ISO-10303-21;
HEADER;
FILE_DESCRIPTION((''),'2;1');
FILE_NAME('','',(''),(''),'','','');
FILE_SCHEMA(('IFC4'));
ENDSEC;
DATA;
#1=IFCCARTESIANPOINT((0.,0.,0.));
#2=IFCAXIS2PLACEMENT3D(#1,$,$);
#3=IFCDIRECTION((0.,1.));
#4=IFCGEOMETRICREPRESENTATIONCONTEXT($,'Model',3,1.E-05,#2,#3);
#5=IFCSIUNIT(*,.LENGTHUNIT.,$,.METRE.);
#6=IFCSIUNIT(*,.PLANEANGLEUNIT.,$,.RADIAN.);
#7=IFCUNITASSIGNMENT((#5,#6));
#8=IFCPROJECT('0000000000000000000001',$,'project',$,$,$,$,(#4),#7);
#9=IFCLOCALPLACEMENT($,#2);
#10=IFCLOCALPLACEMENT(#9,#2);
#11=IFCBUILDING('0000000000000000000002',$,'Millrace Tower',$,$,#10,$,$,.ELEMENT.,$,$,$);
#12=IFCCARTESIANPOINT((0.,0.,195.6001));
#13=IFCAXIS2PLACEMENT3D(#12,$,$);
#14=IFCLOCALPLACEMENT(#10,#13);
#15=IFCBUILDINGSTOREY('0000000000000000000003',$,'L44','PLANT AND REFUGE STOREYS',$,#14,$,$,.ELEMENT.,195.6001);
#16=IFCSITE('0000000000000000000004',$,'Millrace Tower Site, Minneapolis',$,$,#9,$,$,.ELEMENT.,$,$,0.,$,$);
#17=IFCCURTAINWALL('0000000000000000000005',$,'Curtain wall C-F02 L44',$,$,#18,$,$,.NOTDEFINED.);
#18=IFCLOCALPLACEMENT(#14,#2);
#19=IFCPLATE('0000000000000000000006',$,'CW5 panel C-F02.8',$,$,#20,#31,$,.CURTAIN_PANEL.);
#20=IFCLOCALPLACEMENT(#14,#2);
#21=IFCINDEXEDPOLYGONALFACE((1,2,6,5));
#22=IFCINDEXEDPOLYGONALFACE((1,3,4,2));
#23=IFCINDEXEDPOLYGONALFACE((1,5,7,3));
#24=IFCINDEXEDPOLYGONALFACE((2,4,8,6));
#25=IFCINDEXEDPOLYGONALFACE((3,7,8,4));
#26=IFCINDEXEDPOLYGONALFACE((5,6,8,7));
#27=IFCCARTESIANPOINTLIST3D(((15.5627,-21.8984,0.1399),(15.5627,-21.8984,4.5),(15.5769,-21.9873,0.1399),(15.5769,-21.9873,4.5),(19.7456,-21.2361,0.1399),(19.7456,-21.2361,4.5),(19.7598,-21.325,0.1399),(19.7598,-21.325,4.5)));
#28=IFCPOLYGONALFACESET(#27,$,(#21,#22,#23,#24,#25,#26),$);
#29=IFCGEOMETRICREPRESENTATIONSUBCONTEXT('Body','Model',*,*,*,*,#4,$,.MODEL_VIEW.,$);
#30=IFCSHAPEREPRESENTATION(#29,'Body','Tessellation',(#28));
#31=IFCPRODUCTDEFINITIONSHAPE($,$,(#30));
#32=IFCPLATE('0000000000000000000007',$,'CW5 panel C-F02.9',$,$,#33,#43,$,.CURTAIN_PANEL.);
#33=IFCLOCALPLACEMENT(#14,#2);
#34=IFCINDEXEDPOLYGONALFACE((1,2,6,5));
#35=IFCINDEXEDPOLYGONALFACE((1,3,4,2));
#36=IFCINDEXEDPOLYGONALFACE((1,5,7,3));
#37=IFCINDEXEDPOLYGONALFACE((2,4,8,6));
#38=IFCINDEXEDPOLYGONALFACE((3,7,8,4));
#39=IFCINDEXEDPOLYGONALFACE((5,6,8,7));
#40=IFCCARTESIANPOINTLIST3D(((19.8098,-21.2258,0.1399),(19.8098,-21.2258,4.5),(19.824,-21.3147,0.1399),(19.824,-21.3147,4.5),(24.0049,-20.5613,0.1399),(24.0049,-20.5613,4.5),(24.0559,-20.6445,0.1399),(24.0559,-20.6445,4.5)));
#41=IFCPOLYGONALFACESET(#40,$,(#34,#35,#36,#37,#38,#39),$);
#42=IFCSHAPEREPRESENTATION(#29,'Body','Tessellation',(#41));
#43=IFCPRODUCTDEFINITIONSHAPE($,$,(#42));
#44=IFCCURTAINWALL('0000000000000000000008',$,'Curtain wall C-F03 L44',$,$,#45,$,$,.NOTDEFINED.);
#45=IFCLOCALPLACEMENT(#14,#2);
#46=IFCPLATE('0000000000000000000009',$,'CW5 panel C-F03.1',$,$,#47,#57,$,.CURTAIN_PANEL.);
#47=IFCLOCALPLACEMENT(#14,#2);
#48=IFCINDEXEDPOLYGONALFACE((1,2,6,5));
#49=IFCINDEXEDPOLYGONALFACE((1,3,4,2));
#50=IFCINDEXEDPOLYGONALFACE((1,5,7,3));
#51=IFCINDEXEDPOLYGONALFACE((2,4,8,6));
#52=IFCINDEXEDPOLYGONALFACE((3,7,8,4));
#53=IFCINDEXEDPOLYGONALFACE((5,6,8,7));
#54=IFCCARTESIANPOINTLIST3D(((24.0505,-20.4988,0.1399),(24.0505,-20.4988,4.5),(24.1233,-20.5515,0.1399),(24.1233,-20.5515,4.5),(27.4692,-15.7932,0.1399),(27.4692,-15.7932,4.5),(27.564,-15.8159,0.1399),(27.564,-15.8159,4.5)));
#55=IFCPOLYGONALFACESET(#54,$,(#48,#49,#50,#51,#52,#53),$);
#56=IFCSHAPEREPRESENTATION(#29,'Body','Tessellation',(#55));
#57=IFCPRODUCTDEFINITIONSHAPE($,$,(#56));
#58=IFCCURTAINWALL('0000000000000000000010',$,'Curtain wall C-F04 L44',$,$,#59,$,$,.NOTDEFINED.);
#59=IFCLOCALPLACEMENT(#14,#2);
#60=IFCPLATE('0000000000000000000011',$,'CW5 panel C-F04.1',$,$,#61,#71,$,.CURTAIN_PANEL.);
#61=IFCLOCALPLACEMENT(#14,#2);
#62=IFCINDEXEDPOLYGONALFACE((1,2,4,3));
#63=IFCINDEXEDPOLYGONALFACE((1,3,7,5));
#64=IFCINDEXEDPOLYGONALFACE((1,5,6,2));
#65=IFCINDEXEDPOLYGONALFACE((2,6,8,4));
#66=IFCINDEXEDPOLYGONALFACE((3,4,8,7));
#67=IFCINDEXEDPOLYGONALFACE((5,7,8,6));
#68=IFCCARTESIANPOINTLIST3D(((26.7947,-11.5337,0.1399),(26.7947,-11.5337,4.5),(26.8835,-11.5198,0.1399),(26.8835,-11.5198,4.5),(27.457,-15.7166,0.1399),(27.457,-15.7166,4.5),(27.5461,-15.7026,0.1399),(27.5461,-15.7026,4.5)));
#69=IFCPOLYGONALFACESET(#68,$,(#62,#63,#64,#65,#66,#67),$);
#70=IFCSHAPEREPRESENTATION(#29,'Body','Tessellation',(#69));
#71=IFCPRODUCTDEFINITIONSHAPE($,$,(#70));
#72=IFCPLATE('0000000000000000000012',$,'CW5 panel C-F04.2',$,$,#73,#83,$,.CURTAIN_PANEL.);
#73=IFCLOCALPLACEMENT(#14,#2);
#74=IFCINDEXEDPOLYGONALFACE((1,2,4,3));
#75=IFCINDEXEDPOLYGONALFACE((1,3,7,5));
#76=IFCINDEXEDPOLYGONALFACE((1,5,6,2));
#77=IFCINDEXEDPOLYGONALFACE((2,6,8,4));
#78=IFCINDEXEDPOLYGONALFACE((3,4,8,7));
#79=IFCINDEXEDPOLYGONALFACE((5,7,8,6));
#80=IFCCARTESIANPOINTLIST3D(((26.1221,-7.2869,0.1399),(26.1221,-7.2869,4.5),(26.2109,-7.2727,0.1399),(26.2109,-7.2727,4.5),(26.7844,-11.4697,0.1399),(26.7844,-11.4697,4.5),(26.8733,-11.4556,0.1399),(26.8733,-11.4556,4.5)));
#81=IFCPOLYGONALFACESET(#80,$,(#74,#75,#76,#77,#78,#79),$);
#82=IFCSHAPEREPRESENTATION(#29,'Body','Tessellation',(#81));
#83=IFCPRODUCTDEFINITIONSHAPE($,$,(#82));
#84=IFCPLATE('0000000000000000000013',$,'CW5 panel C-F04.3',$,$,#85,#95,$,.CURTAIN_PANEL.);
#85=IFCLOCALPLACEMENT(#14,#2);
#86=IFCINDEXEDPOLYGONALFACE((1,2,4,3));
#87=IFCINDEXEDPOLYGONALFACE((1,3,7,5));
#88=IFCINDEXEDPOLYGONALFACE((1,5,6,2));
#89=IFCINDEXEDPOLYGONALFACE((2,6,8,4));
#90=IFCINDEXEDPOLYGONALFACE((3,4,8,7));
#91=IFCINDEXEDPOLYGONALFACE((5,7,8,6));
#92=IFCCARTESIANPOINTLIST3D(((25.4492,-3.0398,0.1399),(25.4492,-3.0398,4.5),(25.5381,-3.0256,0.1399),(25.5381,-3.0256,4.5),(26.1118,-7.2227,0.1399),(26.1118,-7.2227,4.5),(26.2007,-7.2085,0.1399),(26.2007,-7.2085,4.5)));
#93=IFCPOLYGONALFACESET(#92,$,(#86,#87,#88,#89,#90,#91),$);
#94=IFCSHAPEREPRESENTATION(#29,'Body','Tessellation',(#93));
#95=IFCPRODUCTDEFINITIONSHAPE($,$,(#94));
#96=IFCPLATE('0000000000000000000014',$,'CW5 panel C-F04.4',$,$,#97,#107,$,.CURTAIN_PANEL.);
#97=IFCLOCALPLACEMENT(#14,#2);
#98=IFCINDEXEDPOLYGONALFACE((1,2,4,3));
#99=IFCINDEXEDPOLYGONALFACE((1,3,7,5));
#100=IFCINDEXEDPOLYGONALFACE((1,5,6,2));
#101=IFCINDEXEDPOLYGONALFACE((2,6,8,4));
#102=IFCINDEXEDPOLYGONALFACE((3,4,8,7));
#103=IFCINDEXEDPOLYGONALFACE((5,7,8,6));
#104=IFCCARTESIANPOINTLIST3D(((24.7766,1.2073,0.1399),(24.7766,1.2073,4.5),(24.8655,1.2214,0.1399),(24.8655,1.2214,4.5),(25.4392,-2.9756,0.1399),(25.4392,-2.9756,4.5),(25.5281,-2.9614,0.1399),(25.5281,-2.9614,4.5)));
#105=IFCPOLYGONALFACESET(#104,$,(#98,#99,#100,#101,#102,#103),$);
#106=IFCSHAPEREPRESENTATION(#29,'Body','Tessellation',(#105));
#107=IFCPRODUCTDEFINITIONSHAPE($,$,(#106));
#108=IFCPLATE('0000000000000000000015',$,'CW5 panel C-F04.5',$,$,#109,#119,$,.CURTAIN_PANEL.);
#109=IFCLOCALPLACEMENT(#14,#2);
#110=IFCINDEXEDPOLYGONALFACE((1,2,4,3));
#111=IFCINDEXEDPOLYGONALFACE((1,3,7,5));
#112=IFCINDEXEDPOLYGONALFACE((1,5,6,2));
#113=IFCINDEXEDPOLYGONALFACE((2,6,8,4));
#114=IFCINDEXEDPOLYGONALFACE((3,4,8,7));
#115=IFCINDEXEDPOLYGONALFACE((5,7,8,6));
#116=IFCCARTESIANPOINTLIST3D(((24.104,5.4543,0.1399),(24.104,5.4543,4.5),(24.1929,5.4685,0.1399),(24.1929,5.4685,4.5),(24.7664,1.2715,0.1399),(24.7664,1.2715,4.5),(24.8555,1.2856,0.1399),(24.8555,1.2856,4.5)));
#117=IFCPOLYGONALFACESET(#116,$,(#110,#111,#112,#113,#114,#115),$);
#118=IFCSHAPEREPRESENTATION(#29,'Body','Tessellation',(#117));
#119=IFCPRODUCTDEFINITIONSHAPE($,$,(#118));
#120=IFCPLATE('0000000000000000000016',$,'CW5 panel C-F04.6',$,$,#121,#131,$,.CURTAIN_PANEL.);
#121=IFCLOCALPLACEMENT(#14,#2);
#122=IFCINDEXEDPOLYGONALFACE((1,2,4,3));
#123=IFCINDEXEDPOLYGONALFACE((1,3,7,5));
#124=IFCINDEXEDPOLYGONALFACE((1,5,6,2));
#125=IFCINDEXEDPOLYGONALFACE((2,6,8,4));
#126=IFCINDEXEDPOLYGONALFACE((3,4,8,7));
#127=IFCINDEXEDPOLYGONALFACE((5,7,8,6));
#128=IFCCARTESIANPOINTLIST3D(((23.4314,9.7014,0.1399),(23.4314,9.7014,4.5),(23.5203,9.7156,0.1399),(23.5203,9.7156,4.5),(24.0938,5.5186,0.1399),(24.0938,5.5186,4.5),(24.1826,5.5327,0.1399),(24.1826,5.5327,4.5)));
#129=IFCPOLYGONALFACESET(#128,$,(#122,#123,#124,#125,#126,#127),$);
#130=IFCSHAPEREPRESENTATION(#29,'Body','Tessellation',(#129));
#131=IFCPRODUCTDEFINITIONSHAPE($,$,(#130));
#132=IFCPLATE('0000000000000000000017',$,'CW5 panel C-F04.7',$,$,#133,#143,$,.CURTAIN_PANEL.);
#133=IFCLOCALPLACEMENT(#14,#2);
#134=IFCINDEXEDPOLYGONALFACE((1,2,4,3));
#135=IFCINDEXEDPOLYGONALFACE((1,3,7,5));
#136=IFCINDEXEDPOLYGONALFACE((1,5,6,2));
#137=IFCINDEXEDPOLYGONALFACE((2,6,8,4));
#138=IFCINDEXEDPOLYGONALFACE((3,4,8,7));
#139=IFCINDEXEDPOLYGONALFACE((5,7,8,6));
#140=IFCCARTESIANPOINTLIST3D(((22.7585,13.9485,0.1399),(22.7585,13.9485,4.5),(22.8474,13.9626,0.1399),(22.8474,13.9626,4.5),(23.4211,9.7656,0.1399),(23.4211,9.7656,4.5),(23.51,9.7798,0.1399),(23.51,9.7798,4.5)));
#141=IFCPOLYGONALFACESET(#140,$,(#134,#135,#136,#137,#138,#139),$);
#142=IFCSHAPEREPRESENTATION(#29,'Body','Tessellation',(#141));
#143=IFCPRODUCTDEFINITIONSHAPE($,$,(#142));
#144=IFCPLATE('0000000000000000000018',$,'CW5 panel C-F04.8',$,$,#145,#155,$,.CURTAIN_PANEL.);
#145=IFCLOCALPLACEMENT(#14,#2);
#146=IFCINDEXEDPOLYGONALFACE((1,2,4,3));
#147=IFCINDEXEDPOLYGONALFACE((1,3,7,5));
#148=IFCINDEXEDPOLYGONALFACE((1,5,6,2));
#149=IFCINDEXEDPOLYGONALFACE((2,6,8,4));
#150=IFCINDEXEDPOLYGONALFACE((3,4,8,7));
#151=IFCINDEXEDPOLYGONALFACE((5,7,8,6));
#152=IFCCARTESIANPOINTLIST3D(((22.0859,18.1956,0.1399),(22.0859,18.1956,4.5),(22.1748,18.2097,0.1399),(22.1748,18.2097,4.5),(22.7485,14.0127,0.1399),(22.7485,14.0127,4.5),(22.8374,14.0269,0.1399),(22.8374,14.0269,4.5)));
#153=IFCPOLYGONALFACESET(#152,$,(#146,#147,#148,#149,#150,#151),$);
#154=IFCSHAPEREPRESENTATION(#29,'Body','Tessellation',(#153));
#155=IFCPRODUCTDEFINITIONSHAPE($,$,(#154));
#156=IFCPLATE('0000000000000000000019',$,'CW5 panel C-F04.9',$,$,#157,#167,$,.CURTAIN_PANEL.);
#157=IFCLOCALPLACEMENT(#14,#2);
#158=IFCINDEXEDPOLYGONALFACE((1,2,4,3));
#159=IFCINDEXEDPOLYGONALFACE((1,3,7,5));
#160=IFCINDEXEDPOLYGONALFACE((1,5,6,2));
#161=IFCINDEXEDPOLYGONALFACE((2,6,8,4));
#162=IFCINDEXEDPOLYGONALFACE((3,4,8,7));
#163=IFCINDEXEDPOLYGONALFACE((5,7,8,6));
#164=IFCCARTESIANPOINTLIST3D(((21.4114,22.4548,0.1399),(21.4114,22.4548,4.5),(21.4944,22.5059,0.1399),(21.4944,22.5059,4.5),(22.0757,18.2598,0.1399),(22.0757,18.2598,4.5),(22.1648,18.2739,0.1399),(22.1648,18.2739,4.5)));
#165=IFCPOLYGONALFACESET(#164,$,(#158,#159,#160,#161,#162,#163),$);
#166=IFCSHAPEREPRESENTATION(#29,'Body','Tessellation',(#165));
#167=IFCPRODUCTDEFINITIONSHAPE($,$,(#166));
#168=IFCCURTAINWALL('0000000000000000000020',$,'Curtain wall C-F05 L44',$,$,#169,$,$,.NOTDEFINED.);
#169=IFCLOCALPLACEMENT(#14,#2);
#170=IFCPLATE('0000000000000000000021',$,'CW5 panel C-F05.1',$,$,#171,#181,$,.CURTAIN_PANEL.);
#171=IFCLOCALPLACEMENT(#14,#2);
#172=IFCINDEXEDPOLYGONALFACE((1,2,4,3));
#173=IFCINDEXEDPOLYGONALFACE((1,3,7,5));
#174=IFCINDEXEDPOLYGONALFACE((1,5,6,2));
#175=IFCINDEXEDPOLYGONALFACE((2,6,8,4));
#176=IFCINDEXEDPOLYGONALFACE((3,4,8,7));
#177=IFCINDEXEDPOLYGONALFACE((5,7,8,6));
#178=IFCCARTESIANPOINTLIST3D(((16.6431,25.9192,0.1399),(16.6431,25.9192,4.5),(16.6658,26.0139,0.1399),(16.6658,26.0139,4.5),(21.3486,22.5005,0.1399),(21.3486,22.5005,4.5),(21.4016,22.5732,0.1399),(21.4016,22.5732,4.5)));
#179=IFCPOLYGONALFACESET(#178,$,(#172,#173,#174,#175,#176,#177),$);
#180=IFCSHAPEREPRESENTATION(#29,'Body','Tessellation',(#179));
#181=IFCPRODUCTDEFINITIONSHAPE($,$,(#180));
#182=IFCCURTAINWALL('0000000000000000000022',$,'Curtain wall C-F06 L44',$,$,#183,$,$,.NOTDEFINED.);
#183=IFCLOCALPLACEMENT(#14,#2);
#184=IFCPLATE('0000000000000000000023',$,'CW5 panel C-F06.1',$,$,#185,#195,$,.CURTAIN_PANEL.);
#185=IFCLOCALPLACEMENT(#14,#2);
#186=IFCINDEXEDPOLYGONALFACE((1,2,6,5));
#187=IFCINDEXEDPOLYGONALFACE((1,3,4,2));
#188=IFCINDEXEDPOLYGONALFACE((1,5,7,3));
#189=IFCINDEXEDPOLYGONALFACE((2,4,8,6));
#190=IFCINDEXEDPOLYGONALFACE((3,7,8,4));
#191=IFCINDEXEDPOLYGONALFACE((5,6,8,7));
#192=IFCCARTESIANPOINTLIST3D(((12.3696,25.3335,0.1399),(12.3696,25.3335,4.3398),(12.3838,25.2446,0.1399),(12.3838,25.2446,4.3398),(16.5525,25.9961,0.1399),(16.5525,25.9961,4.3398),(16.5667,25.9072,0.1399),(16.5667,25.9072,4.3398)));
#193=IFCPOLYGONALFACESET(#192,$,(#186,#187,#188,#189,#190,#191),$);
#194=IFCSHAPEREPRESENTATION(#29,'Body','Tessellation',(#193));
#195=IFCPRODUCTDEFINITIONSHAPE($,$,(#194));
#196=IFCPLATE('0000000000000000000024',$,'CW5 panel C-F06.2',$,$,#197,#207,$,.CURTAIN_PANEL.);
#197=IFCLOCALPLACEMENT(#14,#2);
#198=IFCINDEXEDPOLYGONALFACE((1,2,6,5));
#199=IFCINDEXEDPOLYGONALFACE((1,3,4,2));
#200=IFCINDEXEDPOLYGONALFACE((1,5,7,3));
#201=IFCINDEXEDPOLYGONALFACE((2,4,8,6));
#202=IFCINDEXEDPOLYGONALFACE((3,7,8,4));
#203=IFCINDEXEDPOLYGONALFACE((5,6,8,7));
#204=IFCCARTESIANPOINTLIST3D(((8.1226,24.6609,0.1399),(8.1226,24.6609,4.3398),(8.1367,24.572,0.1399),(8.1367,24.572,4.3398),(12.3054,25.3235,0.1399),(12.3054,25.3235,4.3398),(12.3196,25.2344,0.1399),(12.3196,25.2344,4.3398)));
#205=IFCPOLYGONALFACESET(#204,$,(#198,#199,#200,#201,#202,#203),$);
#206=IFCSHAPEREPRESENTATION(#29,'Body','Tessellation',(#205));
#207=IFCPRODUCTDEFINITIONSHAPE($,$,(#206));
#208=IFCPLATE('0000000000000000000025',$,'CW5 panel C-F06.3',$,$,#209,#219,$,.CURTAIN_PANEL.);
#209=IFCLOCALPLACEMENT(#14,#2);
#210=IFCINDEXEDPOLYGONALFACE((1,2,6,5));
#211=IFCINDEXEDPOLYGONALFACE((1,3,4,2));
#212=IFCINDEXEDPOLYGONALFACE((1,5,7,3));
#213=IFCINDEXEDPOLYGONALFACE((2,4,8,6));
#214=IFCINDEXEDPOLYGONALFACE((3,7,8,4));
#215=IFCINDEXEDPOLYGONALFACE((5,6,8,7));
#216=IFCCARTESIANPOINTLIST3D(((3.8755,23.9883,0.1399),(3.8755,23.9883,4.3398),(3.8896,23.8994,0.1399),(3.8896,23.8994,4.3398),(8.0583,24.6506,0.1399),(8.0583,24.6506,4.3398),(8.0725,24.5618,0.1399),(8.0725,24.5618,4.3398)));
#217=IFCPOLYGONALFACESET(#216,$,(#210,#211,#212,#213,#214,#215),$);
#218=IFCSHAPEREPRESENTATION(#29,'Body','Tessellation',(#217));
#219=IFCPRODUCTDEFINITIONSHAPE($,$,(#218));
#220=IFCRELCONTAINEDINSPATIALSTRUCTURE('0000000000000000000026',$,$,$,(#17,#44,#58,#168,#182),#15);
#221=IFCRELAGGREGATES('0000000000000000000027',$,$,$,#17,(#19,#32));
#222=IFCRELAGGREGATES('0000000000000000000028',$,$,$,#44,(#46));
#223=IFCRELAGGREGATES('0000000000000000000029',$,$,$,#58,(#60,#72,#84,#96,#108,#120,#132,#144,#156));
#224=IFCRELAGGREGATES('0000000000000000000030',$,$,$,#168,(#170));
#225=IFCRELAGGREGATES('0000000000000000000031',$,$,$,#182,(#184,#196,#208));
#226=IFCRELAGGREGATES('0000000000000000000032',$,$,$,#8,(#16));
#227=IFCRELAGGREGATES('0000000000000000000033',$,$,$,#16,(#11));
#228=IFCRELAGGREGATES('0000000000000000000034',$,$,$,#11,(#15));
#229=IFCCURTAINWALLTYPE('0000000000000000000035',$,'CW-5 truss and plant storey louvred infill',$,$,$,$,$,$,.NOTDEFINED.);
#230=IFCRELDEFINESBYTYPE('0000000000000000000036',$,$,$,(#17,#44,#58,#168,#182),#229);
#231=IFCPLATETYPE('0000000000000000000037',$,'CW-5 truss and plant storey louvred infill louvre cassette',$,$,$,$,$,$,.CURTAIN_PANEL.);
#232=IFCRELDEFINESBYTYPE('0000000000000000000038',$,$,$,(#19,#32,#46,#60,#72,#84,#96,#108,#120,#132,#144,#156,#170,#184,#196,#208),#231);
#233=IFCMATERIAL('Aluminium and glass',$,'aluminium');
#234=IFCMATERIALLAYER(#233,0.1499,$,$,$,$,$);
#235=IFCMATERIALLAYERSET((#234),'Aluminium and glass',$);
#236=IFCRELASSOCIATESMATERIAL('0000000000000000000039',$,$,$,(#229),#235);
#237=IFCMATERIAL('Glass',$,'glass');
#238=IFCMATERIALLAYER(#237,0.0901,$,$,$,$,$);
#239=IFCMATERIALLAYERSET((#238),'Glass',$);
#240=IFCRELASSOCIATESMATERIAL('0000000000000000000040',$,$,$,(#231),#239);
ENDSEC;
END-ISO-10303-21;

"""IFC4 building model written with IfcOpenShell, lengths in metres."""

from ifc_helpers import new_model, si_unit, direction, frame, origin, place, context, subcontext, project, spatial, polyline, outline, extrude, material, layer, layer_set, type_object, element, aggregate, save


model = new_model("IFC4")

# Units and contexts
model_context = context("Model", 3, precision=1e-05, world=origin(), true_north=direction((0.0, 1.0)))
body_context = subcontext(model_context, "Body", "Model", "MODEL_VIEW")
ifc_project = project(units=[si_unit("LENGTHUNIT", "METRE"), si_unit("PLANEANGLEUNIT", "RADIAN")], contexts=[model_context])

# Site, building, storey
site_placement = place(None, origin())
site = spatial("IfcSite", under=ifc_project, at=site_placement, Name="Millrace Tower Site, Minneapolis", CompositionType="ELEMENT", RefElevation=0.0)
building_placement = place(site_placement, origin())
building = spatial("IfcBuilding", under=site, at=building_placement, Name="Millrace Tower", CompositionType="ELEMENT")
storey_placement = place(building_placement, frame((0.0, 0.0, 195.6001)))
storey = spatial("IfcBuildingStorey", under=building, at=storey_placement, Name="L44", Description="PLANT AND REFUGE STOREYS", CompositionType="ELEMENT", Elevation=195.6001)

# Curtain wall, plates
ifc_material_1 = material(Name="Aluminium and glass", Category="aluminium")
ifc_layer_1 = layer(ifc_material_1, 0.1499)
ifc_layer_set_1 = layer_set([ifc_layer_1], Name="Aluminium and glass")
curtain_wall_type = type_object("IfcCurtainWallType", Name="CW-5 truss and plant storey louvred infill", PredefinedType="NOTDEFINED", material=ifc_layer_set_1)
placement_1 = place(storey_placement, origin())
curtain_wall_1 = element("IfcCurtainWall", 1, at=placement_1, inside=storey, type_object=curtain_wall_type, Name="Curtain wall C-F02 L44", PredefinedType="NOTDEFINED")
ifc_material_2 = material(Name="Glass", Category="glass")
ifc_layer_2 = layer(ifc_material_2, 0.0901)
ifc_layer_set_2 = layer_set([ifc_layer_2], Name="Glass")
plate_type = type_object("IfcPlateType", Name="CW-5 truss and plant storey louvred infill louvre cassette", PredefinedType="CURTAIN_PANEL", material=ifc_layer_set_2)
placement_2 = place(storey_placement, frame((0.0, 0.0, 0.1399)))
plate_1 = element("IfcPlate", 2, at=placement_2, type_object=plate_type, Name="CW5 panel C-F02.8", PredefinedType="CURTAIN_PANEL", context=body_context, shape_type="SweptSolid", body=[
    extrude(outline(polyline([(15.5769, -21.9873), (19.7598, -21.325), (19.7456, -21.2361), (15.5627, -21.8984), (15.5769, -21.9873)])), origin(), (0.0, 0.0, 1.0), 4.3601),
])
plate_2 = element("IfcPlate", 3, at=placement_2, type_object=plate_type, Name="CW5 panel C-F02.9", PredefinedType="CURTAIN_PANEL", context=body_context, shape_type="SweptSolid", body=[
    extrude(outline(polyline([(19.824, -21.3147), (24.0559, -20.6445), (24.0049, -20.5613), (19.8098, -21.2258), (19.824, -21.3147)])), origin(), (0.0, 0.0, 1.0), 4.3601),
])
aggregate(curtain_wall_1, [plate_1, plate_2])

# Curtain wall, plate
curtain_wall_2 = element("IfcCurtainWall", 4, at=placement_1, inside=storey, type_object=curtain_wall_type, Name="Curtain wall C-F03 L44", PredefinedType="NOTDEFINED")
plate_3 = element("IfcPlate", 5, at=placement_2, type_object=plate_type, Name="CW5 panel C-F03.1", PredefinedType="CURTAIN_PANEL", context=body_context, shape_type="SweptSolid", body=[
    extrude(outline(polyline([(24.1233, -20.5515), (27.564, -15.8159), (27.4692, -15.7932), (24.0505, -20.4988), (24.1233, -20.5515)])), origin(), (0.0, 0.0, 1.0), 4.3601),
])
aggregate(curtain_wall_2, [plate_3])

# Curtain wall, plates
curtain_wall_3 = element("IfcCurtainWall", 6, at=placement_1, inside=storey, type_object=curtain_wall_type, Name="Curtain wall C-F04 L44", PredefinedType="NOTDEFINED")
plate_4 = element("IfcPlate", 7, at=placement_2, type_object=plate_type, Name="CW5 panel C-F04.1", PredefinedType="CURTAIN_PANEL", context=body_context, shape_type="SweptSolid", body=[
    extrude(outline(polyline([(27.5461, -15.7026), (26.8835, -11.5198), (26.7947, -11.5337), (27.457, -15.7166), (27.5461, -15.7026)])), origin(), (0.0, 0.0, 1.0), 4.3601),
])
plate_5 = element("IfcPlate", 8, at=placement_2, type_object=plate_type, Name="CW5 panel C-F04.2", PredefinedType="CURTAIN_PANEL", context=body_context, shape_type="SweptSolid", body=[
    extrude(outline(polyline([(26.8733, -11.4556), (26.2109, -7.2727), (26.1221, -7.2869), (26.7844, -11.4697), (26.8733, -11.4556)])), origin(), (0.0, 0.0, 1.0), 4.3601),
])
plate_6 = element("IfcPlate", 9, at=placement_2, type_object=plate_type, Name="CW5 panel C-F04.3", PredefinedType="CURTAIN_PANEL", context=body_context, shape_type="SweptSolid", body=[
    extrude(outline(polyline([(26.2007, -7.2085), (25.5381, -3.0256), (25.4492, -3.0398), (26.1118, -7.2227), (26.2007, -7.2085)])), origin(), (0.0, 0.0, 1.0), 4.3601),
])
plate_7 = element("IfcPlate", 10, at=placement_2, type_object=plate_type, Name="CW5 panel C-F04.4", PredefinedType="CURTAIN_PANEL", context=body_context, shape_type="SweptSolid", body=[
    extrude(outline(polyline([(25.5281, -2.9614), (24.8655, 1.2214), (24.7766, 1.2073), (25.4392, -2.9756), (25.5281, -2.9614)])), origin(), (0.0, 0.0, 1.0), 4.3601),
])
plate_8 = element("IfcPlate", 11, at=placement_2, type_object=plate_type, Name="CW5 panel C-F04.5", PredefinedType="CURTAIN_PANEL", context=body_context, shape_type="SweptSolid", body=[
    extrude(outline(polyline([(24.8555, 1.2856), (24.1929, 5.4685), (24.104, 5.4543), (24.7664, 1.2715), (24.8555, 1.2856)])), origin(), (0.0, 0.0, 1.0), 4.3601),
])
plate_9 = element("IfcPlate", 12, at=placement_2, type_object=plate_type, Name="CW5 panel C-F04.6", PredefinedType="CURTAIN_PANEL", context=body_context, shape_type="SweptSolid", body=[
    extrude(outline(polyline([(24.1826, 5.5327), (23.5203, 9.7156), (23.4314, 9.7014), (24.0938, 5.5186), (24.1826, 5.5327)])), origin(), (0.0, 0.0, 1.0), 4.3601),
])
plate_10 = element("IfcPlate", 13, at=placement_2, type_object=plate_type, Name="CW5 panel C-F04.7", PredefinedType="CURTAIN_PANEL", context=body_context, shape_type="SweptSolid", body=[
    extrude(outline(polyline([(23.51, 9.7798), (22.8474, 13.9626), (22.7585, 13.9485), (23.4211, 9.7656), (23.51, 9.7798)])), origin(), (0.0, 0.0, 1.0), 4.3601),
])
plate_11 = element("IfcPlate", 14, at=placement_2, type_object=plate_type, Name="CW5 panel C-F04.8", PredefinedType="CURTAIN_PANEL", context=body_context, shape_type="SweptSolid", body=[
    extrude(outline(polyline([(22.8374, 14.0269), (22.1748, 18.2097), (22.0859, 18.1956), (22.7485, 14.0127), (22.8374, 14.0269)])), origin(), (0.0, 0.0, 1.0), 4.3601),
])
plate_12 = element("IfcPlate", 15, at=placement_2, type_object=plate_type, Name="CW5 panel C-F04.9", PredefinedType="CURTAIN_PANEL", context=body_context, shape_type="SweptSolid", body=[
    extrude(outline(polyline([(22.1648, 18.2739), (21.4944, 22.5059), (21.4114, 22.4548), (22.0757, 18.2598), (22.1648, 18.2739)])), origin(), (0.0, 0.0, 1.0), 4.3601),
])
aggregate(curtain_wall_3, [plate_4, plate_5, plate_6, plate_7, plate_8, plate_9, plate_10, plate_11, plate_12])

# Curtain wall, plate
curtain_wall_4 = element("IfcCurtainWall", 16, at=placement_1, inside=storey, type_object=curtain_wall_type, Name="Curtain wall C-F05 L44", PredefinedType="NOTDEFINED")
plate_13 = element("IfcPlate", 17, at=placement_2, type_object=plate_type, Name="CW5 panel C-F05.1", PredefinedType="CURTAIN_PANEL", context=body_context, shape_type="SweptSolid", body=[
    extrude(outline(polyline([(21.4016, 22.5732), (16.6658, 26.0139), (16.6431, 25.9192), (21.3486, 22.5005), (21.4016, 22.5732)])), origin(), (0.0, 0.0, 1.0), 4.3601),
])
aggregate(curtain_wall_4, [plate_13])

# Curtain wall, plates
curtain_wall_5 = element("IfcCurtainWall", 18, at=placement_1, inside=storey, type_object=curtain_wall_type, Name="Curtain wall C-F06 L44", PredefinedType="NOTDEFINED")
plate_14 = element("IfcPlate", 19, at=placement_2, type_object=plate_type, Name="CW5 panel C-F06.1", PredefinedType="CURTAIN_PANEL", context=body_context, shape_type="SweptSolid", body=[
    extrude(outline(polyline([(16.5525, 25.9961), (12.3696, 25.3335), (12.3838, 25.2446), (16.5667, 25.9072), (16.5525, 25.9961)])), origin(), (0.0, 0.0, 1.0), 4.2),
])
plate_15 = element("IfcPlate", 20, at=placement_2, type_object=plate_type, Name="CW5 panel C-F06.2", PredefinedType="CURTAIN_PANEL", context=body_context, shape_type="SweptSolid", body=[
    extrude(outline(polyline([(12.3054, 25.3235), (8.1226, 24.6609), (8.1367, 24.572), (12.3196, 25.2344), (12.3054, 25.3235)])), origin(), (0.0, 0.0, 1.0), 4.2),
])
plate_16 = element("IfcPlate", 21, at=placement_2, type_object=plate_type, Name="CW5 panel C-F06.3", PredefinedType="CURTAIN_PANEL", context=body_context, shape_type="SweptSolid", body=[
    extrude(outline(polyline([(8.0583, 24.6506), (3.8755, 23.9883), (3.8896, 23.8994), (8.0725, 24.5618), (8.0583, 24.6506)])), origin(), (0.0, 0.0, 1.0), 4.2),
])
aggregate(curtain_wall_5, [plate_14, plate_15, plate_16])

save(model, "model.ifc")
